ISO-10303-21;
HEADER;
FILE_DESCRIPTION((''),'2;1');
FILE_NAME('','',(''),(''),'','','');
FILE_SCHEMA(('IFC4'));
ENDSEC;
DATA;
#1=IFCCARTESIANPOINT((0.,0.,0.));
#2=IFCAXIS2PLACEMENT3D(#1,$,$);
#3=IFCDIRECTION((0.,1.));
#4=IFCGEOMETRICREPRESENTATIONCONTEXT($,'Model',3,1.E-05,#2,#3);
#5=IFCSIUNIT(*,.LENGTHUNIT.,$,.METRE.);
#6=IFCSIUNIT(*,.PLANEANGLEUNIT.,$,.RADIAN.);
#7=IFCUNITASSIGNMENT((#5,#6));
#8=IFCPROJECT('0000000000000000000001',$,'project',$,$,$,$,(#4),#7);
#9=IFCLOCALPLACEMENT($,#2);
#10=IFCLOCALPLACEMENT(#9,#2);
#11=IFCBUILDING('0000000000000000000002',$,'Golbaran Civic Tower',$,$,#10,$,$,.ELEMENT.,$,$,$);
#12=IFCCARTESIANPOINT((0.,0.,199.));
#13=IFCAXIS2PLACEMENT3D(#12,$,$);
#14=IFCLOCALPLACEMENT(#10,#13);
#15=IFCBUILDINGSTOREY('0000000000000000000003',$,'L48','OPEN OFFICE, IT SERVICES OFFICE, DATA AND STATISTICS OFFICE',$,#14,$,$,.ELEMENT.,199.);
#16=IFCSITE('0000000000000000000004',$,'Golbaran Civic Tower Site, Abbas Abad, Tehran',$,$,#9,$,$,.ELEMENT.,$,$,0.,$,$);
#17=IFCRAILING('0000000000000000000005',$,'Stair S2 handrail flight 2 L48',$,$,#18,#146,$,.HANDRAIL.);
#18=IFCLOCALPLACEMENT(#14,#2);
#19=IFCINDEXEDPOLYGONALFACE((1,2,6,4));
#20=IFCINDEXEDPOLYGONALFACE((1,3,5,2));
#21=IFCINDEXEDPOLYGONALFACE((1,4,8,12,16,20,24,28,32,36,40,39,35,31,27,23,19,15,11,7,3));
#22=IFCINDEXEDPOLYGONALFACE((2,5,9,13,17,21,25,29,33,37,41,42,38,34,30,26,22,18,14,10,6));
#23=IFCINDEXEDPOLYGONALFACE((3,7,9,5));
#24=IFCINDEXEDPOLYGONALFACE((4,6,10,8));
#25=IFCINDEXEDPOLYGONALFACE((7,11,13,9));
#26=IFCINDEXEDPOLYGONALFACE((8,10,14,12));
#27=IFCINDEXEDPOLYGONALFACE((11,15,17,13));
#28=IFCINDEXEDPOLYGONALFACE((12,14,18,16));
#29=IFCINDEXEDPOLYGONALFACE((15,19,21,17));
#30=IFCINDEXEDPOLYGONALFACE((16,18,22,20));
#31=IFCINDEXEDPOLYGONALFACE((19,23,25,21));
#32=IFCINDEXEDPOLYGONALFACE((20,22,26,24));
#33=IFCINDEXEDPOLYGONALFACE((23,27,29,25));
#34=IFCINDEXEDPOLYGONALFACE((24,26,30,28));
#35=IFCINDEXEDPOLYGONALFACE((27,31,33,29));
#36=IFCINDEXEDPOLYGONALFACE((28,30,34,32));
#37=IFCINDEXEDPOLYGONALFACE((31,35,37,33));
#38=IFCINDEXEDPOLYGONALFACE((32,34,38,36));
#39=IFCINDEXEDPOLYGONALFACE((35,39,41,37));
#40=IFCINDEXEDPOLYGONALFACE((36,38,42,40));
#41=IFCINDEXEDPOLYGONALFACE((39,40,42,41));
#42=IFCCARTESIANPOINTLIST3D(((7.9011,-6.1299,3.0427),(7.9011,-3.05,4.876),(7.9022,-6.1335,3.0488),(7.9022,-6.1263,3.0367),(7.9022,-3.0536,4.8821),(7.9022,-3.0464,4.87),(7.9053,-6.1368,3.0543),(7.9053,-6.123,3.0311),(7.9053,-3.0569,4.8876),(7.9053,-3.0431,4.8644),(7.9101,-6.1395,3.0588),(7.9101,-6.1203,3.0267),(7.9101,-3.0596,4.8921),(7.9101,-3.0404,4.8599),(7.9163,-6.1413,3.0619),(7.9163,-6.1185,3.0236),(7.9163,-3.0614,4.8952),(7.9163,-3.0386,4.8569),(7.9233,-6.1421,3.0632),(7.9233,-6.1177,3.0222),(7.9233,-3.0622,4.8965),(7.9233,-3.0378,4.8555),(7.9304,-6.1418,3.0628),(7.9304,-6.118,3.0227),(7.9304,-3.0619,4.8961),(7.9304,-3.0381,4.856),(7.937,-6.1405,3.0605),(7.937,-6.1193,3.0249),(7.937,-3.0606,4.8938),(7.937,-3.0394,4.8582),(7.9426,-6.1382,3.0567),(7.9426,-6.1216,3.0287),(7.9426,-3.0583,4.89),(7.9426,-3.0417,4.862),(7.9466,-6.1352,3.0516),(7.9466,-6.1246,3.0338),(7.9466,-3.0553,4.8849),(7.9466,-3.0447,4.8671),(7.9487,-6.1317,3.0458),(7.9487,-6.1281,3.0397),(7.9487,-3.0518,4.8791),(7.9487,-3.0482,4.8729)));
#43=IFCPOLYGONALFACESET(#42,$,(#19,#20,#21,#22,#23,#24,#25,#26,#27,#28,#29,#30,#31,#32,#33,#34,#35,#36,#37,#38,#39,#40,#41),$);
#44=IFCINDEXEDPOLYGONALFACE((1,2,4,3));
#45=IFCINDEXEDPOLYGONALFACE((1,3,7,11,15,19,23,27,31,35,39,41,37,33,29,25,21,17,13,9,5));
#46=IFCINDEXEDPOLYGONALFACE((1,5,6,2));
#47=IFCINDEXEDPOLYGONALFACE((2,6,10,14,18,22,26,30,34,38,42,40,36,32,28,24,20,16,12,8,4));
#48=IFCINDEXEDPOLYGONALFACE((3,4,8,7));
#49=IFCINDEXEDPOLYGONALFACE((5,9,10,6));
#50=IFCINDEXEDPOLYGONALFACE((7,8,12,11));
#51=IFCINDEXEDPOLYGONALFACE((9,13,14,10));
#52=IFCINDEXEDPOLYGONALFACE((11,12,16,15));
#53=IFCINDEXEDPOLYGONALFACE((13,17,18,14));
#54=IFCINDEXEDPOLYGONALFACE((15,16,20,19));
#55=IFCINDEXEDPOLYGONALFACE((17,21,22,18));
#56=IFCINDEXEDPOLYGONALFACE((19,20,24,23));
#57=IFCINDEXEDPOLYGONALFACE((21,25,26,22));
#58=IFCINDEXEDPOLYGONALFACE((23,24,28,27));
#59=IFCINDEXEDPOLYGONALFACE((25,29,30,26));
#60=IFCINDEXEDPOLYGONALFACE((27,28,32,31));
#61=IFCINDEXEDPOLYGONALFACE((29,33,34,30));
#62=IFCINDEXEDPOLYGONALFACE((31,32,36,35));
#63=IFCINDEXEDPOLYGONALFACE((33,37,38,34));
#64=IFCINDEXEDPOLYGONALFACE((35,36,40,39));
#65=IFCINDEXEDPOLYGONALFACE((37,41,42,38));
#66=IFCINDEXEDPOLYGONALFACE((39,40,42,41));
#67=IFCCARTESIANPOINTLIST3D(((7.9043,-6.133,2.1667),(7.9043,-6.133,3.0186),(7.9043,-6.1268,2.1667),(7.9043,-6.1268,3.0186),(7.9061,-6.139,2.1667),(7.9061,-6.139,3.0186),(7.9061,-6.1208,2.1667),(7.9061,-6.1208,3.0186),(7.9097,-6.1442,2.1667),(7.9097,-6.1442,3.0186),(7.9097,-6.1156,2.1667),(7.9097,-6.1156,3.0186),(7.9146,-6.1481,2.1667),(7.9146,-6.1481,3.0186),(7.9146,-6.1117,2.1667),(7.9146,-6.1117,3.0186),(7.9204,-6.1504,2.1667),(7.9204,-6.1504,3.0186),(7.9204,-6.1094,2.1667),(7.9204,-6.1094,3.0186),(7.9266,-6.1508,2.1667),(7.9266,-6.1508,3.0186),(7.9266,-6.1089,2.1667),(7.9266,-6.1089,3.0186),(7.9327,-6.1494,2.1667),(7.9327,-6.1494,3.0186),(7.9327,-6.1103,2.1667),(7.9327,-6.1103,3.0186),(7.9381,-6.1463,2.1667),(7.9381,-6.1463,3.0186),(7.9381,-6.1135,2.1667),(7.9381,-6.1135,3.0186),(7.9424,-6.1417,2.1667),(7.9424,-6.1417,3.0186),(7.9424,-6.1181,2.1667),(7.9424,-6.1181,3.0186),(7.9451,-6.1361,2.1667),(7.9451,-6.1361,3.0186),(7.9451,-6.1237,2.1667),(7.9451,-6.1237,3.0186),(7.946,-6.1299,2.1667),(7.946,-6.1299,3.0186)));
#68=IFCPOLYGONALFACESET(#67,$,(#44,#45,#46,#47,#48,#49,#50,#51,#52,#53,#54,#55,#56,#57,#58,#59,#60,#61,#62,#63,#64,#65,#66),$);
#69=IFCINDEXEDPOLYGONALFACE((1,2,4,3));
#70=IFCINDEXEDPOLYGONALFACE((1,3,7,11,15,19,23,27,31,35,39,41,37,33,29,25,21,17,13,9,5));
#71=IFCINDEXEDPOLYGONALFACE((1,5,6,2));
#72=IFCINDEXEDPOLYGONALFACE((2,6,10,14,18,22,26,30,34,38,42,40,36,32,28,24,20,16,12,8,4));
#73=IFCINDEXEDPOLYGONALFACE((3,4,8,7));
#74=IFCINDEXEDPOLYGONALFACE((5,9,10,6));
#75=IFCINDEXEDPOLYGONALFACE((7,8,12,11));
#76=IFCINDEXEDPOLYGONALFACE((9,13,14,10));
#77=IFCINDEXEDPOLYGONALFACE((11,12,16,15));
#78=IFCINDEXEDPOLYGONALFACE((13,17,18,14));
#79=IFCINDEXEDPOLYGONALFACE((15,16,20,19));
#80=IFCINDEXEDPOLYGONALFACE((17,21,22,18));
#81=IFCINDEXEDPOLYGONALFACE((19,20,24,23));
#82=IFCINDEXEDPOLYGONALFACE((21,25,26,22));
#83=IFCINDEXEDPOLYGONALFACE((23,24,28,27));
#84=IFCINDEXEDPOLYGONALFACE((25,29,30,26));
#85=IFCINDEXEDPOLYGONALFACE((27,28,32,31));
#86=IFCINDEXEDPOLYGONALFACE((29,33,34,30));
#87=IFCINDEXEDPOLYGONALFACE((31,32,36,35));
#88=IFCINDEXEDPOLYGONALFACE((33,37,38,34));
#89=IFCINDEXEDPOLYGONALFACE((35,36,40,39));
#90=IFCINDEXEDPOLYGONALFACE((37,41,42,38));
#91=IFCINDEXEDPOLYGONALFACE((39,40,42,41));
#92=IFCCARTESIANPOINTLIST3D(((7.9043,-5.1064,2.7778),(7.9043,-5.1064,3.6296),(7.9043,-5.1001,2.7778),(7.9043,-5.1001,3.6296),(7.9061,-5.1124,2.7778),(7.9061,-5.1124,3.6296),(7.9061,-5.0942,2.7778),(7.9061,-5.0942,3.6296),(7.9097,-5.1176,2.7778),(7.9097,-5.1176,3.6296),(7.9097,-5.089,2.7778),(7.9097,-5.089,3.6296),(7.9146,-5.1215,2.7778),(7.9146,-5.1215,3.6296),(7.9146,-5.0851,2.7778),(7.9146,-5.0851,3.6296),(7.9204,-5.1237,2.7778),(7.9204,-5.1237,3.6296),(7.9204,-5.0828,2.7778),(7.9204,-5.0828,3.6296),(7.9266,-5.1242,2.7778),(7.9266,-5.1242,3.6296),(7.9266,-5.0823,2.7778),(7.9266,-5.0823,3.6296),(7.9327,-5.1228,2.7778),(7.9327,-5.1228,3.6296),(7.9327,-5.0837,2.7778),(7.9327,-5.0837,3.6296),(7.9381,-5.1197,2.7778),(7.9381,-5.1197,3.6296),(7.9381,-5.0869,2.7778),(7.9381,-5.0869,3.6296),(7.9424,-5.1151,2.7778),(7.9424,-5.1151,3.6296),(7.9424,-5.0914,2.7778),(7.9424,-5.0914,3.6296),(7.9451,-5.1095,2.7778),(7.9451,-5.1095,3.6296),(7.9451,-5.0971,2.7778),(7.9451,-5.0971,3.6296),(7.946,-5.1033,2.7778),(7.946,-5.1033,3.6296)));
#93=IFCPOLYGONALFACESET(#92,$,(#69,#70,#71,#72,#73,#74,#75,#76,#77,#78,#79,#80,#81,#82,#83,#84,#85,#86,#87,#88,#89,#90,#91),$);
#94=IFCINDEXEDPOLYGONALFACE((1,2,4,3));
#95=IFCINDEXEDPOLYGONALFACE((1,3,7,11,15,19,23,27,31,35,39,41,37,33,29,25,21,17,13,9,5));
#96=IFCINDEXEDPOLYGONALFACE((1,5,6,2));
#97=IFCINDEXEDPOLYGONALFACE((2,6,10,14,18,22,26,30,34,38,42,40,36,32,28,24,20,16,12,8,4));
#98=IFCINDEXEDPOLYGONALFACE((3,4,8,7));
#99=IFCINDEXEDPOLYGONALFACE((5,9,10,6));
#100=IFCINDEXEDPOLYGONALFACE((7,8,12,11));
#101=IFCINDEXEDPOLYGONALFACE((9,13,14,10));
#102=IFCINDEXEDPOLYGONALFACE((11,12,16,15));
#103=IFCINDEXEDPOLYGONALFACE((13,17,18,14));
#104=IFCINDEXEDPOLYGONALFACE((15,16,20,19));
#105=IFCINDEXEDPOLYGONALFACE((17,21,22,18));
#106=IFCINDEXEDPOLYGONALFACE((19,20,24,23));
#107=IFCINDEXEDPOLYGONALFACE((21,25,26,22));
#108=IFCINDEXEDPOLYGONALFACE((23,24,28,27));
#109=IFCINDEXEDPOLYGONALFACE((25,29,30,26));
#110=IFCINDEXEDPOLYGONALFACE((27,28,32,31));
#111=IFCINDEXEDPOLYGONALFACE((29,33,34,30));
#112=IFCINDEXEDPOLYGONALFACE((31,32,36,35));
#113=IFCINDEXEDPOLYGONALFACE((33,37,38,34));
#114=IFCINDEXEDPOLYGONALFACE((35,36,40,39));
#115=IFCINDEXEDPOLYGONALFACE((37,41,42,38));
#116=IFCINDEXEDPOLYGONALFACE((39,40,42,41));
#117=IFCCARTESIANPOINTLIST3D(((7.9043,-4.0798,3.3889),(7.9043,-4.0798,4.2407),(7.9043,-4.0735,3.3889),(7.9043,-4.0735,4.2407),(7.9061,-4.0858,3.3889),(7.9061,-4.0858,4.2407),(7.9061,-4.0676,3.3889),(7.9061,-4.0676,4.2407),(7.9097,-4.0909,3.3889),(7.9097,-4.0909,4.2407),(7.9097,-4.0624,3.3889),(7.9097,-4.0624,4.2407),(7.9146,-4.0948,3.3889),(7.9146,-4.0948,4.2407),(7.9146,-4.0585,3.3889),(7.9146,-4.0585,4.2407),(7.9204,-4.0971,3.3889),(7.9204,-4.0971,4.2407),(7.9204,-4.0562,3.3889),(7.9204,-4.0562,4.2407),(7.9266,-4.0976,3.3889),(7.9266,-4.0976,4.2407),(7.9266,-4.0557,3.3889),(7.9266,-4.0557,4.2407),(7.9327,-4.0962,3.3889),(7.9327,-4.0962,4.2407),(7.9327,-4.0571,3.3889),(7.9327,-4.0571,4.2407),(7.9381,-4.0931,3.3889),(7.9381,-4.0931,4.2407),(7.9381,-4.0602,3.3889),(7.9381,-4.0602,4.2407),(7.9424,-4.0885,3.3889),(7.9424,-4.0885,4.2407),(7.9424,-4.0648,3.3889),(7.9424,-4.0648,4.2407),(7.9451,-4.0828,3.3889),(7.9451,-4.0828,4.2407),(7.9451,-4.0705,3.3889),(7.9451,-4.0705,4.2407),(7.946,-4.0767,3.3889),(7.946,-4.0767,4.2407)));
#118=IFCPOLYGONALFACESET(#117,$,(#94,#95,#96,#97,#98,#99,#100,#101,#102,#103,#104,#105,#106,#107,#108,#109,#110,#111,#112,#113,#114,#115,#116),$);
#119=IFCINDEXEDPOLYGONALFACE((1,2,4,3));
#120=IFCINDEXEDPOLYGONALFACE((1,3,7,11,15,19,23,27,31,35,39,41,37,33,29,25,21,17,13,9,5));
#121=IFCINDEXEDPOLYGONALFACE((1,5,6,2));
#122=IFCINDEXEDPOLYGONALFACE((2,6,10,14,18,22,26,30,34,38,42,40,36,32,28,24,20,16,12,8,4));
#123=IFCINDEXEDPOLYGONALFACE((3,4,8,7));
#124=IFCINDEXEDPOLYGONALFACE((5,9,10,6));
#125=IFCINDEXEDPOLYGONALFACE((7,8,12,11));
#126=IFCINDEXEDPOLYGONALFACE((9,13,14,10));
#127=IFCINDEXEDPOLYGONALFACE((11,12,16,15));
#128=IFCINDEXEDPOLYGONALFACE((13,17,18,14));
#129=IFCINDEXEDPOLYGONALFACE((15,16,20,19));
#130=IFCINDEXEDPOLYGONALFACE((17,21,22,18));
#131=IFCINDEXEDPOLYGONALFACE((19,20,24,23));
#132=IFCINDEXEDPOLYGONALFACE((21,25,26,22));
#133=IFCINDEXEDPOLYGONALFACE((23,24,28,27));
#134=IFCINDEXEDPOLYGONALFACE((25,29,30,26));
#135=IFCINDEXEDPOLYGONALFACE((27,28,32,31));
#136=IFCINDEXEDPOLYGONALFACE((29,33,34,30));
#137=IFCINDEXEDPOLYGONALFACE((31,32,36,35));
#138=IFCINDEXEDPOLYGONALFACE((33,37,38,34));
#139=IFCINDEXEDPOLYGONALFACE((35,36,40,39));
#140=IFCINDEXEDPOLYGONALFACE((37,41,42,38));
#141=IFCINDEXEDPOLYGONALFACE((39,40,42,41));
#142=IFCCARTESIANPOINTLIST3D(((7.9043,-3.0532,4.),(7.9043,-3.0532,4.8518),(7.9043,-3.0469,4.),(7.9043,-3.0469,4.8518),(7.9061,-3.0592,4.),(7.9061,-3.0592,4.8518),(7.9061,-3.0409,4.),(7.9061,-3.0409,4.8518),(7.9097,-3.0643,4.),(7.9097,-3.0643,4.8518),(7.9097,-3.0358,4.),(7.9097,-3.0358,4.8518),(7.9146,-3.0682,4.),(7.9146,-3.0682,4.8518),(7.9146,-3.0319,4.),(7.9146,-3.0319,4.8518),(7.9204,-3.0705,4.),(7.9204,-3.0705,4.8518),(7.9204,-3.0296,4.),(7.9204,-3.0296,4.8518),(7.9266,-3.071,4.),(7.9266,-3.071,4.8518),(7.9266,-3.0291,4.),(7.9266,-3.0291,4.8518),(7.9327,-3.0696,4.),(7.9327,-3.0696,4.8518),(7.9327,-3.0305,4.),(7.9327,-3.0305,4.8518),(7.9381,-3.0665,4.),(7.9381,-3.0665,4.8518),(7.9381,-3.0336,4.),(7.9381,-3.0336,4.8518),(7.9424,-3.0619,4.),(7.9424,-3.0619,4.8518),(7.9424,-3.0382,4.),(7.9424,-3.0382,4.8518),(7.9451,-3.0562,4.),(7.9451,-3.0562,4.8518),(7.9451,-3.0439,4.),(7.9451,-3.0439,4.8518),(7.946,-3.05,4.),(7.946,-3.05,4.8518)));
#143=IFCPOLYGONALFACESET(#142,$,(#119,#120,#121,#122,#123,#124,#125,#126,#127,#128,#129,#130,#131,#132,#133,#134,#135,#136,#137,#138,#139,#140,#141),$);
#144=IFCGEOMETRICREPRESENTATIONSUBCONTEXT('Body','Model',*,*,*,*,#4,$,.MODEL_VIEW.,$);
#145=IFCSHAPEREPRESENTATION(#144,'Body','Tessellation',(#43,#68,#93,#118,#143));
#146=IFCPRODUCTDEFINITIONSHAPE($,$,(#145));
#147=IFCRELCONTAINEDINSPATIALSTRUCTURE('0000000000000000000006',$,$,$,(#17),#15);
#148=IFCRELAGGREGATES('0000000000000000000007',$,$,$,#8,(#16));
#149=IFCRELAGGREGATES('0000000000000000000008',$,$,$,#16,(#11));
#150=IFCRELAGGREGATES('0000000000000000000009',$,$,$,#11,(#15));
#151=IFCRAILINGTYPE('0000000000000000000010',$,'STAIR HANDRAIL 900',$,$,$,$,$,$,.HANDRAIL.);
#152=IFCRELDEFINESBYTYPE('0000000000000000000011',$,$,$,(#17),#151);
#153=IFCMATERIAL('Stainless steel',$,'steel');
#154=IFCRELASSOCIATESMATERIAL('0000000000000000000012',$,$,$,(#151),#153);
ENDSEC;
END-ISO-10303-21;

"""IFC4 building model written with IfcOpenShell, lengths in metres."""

from ifc_helpers import new_model, si_unit, direction, frame, origin, origin_2d, place, context, subcontext, project, spatial, circle, extrude, material, type_object, element, save


model = new_model("IFC4")

# Units and contexts
model_context = context("Model", 3, precision=1e-05, world=origin(), true_north=direction((0.0, 1.0)))
body_context = subcontext(model_context, "Body", "Model", "MODEL_VIEW")
ifc_project = project(units=[si_unit("LENGTHUNIT", "METRE"), si_unit("PLANEANGLEUNIT", "RADIAN")], contexts=[model_context])

# Site, building, storey
site_placement = place(None, origin())
site = spatial("IfcSite", under=ifc_project, at=site_placement, Name="Golbaran Civic Tower Site, Abbas Abad, Tehran", CompositionType="ELEMENT", RefElevation=0.0)
building_placement = place(site_placement, origin())
building = spatial("IfcBuilding", under=site, at=building_placement, Name="Golbaran Civic Tower", CompositionType="ELEMENT")
storey_placement = place(building_placement, frame((0.0, 0.0, 199.0)))
storey = spatial("IfcBuildingStorey", under=building, at=storey_placement, Name="L48", Description="OPEN OFFICE, IT SERVICES OFFICE, DATA AND STATISTICS OFFICE", CompositionType="ELEMENT", Elevation=199.0)

# Shared definitions
ifc_material_1 = material(Name="Stainless steel", Category="steel")

# Railing
railing_type = type_object("IfcRailingType", Name="STAIR HANDRAIL 900", PredefinedType="HANDRAIL", material=ifc_material_1)
railing_1_placement = place(storey_placement, frame((7.925, -6.1299, 2.1667)))
element("IfcRailing", 1, at=railing_1_placement, inside=storey, type_object=railing_type, Name="Stair S2 handrail flight 2 L48", PredefinedType="HANDRAIL", context=body_context, shape_type="SweptSolid", body=[
    extrude(circle(Radius=0.0239, at=origin_2d()), frame((0.0, 0.0, 0.876), z_axis=(0.0, 0.859291, 0.511487), x_axis=(-1.0, 0.0, 0.0)), (0.0, 0.0, 1.0), 3.5842),
    extrude(circle(Radius=0.021, at=origin_2d()), origin(), (0.0, 0.0, 1.0), 0.8518),
    extrude(circle(Radius=0.021, at=origin_2d()), frame((0.0, 1.0266, 0.6111)), (0.0, 0.0, 1.0), 0.8518),
    extrude(circle(Radius=0.021, at=origin_2d()), frame((0.0, 2.0532, 1.2222)), (0.0, 0.0, 1.0), 0.8518),
    extrude(circle(Radius=0.021, at=origin_2d()), frame((0.0, 3.0798, 1.8333)), (0.0, 0.0, 1.0), 0.8518),
])

save(model, "model.ifc")
